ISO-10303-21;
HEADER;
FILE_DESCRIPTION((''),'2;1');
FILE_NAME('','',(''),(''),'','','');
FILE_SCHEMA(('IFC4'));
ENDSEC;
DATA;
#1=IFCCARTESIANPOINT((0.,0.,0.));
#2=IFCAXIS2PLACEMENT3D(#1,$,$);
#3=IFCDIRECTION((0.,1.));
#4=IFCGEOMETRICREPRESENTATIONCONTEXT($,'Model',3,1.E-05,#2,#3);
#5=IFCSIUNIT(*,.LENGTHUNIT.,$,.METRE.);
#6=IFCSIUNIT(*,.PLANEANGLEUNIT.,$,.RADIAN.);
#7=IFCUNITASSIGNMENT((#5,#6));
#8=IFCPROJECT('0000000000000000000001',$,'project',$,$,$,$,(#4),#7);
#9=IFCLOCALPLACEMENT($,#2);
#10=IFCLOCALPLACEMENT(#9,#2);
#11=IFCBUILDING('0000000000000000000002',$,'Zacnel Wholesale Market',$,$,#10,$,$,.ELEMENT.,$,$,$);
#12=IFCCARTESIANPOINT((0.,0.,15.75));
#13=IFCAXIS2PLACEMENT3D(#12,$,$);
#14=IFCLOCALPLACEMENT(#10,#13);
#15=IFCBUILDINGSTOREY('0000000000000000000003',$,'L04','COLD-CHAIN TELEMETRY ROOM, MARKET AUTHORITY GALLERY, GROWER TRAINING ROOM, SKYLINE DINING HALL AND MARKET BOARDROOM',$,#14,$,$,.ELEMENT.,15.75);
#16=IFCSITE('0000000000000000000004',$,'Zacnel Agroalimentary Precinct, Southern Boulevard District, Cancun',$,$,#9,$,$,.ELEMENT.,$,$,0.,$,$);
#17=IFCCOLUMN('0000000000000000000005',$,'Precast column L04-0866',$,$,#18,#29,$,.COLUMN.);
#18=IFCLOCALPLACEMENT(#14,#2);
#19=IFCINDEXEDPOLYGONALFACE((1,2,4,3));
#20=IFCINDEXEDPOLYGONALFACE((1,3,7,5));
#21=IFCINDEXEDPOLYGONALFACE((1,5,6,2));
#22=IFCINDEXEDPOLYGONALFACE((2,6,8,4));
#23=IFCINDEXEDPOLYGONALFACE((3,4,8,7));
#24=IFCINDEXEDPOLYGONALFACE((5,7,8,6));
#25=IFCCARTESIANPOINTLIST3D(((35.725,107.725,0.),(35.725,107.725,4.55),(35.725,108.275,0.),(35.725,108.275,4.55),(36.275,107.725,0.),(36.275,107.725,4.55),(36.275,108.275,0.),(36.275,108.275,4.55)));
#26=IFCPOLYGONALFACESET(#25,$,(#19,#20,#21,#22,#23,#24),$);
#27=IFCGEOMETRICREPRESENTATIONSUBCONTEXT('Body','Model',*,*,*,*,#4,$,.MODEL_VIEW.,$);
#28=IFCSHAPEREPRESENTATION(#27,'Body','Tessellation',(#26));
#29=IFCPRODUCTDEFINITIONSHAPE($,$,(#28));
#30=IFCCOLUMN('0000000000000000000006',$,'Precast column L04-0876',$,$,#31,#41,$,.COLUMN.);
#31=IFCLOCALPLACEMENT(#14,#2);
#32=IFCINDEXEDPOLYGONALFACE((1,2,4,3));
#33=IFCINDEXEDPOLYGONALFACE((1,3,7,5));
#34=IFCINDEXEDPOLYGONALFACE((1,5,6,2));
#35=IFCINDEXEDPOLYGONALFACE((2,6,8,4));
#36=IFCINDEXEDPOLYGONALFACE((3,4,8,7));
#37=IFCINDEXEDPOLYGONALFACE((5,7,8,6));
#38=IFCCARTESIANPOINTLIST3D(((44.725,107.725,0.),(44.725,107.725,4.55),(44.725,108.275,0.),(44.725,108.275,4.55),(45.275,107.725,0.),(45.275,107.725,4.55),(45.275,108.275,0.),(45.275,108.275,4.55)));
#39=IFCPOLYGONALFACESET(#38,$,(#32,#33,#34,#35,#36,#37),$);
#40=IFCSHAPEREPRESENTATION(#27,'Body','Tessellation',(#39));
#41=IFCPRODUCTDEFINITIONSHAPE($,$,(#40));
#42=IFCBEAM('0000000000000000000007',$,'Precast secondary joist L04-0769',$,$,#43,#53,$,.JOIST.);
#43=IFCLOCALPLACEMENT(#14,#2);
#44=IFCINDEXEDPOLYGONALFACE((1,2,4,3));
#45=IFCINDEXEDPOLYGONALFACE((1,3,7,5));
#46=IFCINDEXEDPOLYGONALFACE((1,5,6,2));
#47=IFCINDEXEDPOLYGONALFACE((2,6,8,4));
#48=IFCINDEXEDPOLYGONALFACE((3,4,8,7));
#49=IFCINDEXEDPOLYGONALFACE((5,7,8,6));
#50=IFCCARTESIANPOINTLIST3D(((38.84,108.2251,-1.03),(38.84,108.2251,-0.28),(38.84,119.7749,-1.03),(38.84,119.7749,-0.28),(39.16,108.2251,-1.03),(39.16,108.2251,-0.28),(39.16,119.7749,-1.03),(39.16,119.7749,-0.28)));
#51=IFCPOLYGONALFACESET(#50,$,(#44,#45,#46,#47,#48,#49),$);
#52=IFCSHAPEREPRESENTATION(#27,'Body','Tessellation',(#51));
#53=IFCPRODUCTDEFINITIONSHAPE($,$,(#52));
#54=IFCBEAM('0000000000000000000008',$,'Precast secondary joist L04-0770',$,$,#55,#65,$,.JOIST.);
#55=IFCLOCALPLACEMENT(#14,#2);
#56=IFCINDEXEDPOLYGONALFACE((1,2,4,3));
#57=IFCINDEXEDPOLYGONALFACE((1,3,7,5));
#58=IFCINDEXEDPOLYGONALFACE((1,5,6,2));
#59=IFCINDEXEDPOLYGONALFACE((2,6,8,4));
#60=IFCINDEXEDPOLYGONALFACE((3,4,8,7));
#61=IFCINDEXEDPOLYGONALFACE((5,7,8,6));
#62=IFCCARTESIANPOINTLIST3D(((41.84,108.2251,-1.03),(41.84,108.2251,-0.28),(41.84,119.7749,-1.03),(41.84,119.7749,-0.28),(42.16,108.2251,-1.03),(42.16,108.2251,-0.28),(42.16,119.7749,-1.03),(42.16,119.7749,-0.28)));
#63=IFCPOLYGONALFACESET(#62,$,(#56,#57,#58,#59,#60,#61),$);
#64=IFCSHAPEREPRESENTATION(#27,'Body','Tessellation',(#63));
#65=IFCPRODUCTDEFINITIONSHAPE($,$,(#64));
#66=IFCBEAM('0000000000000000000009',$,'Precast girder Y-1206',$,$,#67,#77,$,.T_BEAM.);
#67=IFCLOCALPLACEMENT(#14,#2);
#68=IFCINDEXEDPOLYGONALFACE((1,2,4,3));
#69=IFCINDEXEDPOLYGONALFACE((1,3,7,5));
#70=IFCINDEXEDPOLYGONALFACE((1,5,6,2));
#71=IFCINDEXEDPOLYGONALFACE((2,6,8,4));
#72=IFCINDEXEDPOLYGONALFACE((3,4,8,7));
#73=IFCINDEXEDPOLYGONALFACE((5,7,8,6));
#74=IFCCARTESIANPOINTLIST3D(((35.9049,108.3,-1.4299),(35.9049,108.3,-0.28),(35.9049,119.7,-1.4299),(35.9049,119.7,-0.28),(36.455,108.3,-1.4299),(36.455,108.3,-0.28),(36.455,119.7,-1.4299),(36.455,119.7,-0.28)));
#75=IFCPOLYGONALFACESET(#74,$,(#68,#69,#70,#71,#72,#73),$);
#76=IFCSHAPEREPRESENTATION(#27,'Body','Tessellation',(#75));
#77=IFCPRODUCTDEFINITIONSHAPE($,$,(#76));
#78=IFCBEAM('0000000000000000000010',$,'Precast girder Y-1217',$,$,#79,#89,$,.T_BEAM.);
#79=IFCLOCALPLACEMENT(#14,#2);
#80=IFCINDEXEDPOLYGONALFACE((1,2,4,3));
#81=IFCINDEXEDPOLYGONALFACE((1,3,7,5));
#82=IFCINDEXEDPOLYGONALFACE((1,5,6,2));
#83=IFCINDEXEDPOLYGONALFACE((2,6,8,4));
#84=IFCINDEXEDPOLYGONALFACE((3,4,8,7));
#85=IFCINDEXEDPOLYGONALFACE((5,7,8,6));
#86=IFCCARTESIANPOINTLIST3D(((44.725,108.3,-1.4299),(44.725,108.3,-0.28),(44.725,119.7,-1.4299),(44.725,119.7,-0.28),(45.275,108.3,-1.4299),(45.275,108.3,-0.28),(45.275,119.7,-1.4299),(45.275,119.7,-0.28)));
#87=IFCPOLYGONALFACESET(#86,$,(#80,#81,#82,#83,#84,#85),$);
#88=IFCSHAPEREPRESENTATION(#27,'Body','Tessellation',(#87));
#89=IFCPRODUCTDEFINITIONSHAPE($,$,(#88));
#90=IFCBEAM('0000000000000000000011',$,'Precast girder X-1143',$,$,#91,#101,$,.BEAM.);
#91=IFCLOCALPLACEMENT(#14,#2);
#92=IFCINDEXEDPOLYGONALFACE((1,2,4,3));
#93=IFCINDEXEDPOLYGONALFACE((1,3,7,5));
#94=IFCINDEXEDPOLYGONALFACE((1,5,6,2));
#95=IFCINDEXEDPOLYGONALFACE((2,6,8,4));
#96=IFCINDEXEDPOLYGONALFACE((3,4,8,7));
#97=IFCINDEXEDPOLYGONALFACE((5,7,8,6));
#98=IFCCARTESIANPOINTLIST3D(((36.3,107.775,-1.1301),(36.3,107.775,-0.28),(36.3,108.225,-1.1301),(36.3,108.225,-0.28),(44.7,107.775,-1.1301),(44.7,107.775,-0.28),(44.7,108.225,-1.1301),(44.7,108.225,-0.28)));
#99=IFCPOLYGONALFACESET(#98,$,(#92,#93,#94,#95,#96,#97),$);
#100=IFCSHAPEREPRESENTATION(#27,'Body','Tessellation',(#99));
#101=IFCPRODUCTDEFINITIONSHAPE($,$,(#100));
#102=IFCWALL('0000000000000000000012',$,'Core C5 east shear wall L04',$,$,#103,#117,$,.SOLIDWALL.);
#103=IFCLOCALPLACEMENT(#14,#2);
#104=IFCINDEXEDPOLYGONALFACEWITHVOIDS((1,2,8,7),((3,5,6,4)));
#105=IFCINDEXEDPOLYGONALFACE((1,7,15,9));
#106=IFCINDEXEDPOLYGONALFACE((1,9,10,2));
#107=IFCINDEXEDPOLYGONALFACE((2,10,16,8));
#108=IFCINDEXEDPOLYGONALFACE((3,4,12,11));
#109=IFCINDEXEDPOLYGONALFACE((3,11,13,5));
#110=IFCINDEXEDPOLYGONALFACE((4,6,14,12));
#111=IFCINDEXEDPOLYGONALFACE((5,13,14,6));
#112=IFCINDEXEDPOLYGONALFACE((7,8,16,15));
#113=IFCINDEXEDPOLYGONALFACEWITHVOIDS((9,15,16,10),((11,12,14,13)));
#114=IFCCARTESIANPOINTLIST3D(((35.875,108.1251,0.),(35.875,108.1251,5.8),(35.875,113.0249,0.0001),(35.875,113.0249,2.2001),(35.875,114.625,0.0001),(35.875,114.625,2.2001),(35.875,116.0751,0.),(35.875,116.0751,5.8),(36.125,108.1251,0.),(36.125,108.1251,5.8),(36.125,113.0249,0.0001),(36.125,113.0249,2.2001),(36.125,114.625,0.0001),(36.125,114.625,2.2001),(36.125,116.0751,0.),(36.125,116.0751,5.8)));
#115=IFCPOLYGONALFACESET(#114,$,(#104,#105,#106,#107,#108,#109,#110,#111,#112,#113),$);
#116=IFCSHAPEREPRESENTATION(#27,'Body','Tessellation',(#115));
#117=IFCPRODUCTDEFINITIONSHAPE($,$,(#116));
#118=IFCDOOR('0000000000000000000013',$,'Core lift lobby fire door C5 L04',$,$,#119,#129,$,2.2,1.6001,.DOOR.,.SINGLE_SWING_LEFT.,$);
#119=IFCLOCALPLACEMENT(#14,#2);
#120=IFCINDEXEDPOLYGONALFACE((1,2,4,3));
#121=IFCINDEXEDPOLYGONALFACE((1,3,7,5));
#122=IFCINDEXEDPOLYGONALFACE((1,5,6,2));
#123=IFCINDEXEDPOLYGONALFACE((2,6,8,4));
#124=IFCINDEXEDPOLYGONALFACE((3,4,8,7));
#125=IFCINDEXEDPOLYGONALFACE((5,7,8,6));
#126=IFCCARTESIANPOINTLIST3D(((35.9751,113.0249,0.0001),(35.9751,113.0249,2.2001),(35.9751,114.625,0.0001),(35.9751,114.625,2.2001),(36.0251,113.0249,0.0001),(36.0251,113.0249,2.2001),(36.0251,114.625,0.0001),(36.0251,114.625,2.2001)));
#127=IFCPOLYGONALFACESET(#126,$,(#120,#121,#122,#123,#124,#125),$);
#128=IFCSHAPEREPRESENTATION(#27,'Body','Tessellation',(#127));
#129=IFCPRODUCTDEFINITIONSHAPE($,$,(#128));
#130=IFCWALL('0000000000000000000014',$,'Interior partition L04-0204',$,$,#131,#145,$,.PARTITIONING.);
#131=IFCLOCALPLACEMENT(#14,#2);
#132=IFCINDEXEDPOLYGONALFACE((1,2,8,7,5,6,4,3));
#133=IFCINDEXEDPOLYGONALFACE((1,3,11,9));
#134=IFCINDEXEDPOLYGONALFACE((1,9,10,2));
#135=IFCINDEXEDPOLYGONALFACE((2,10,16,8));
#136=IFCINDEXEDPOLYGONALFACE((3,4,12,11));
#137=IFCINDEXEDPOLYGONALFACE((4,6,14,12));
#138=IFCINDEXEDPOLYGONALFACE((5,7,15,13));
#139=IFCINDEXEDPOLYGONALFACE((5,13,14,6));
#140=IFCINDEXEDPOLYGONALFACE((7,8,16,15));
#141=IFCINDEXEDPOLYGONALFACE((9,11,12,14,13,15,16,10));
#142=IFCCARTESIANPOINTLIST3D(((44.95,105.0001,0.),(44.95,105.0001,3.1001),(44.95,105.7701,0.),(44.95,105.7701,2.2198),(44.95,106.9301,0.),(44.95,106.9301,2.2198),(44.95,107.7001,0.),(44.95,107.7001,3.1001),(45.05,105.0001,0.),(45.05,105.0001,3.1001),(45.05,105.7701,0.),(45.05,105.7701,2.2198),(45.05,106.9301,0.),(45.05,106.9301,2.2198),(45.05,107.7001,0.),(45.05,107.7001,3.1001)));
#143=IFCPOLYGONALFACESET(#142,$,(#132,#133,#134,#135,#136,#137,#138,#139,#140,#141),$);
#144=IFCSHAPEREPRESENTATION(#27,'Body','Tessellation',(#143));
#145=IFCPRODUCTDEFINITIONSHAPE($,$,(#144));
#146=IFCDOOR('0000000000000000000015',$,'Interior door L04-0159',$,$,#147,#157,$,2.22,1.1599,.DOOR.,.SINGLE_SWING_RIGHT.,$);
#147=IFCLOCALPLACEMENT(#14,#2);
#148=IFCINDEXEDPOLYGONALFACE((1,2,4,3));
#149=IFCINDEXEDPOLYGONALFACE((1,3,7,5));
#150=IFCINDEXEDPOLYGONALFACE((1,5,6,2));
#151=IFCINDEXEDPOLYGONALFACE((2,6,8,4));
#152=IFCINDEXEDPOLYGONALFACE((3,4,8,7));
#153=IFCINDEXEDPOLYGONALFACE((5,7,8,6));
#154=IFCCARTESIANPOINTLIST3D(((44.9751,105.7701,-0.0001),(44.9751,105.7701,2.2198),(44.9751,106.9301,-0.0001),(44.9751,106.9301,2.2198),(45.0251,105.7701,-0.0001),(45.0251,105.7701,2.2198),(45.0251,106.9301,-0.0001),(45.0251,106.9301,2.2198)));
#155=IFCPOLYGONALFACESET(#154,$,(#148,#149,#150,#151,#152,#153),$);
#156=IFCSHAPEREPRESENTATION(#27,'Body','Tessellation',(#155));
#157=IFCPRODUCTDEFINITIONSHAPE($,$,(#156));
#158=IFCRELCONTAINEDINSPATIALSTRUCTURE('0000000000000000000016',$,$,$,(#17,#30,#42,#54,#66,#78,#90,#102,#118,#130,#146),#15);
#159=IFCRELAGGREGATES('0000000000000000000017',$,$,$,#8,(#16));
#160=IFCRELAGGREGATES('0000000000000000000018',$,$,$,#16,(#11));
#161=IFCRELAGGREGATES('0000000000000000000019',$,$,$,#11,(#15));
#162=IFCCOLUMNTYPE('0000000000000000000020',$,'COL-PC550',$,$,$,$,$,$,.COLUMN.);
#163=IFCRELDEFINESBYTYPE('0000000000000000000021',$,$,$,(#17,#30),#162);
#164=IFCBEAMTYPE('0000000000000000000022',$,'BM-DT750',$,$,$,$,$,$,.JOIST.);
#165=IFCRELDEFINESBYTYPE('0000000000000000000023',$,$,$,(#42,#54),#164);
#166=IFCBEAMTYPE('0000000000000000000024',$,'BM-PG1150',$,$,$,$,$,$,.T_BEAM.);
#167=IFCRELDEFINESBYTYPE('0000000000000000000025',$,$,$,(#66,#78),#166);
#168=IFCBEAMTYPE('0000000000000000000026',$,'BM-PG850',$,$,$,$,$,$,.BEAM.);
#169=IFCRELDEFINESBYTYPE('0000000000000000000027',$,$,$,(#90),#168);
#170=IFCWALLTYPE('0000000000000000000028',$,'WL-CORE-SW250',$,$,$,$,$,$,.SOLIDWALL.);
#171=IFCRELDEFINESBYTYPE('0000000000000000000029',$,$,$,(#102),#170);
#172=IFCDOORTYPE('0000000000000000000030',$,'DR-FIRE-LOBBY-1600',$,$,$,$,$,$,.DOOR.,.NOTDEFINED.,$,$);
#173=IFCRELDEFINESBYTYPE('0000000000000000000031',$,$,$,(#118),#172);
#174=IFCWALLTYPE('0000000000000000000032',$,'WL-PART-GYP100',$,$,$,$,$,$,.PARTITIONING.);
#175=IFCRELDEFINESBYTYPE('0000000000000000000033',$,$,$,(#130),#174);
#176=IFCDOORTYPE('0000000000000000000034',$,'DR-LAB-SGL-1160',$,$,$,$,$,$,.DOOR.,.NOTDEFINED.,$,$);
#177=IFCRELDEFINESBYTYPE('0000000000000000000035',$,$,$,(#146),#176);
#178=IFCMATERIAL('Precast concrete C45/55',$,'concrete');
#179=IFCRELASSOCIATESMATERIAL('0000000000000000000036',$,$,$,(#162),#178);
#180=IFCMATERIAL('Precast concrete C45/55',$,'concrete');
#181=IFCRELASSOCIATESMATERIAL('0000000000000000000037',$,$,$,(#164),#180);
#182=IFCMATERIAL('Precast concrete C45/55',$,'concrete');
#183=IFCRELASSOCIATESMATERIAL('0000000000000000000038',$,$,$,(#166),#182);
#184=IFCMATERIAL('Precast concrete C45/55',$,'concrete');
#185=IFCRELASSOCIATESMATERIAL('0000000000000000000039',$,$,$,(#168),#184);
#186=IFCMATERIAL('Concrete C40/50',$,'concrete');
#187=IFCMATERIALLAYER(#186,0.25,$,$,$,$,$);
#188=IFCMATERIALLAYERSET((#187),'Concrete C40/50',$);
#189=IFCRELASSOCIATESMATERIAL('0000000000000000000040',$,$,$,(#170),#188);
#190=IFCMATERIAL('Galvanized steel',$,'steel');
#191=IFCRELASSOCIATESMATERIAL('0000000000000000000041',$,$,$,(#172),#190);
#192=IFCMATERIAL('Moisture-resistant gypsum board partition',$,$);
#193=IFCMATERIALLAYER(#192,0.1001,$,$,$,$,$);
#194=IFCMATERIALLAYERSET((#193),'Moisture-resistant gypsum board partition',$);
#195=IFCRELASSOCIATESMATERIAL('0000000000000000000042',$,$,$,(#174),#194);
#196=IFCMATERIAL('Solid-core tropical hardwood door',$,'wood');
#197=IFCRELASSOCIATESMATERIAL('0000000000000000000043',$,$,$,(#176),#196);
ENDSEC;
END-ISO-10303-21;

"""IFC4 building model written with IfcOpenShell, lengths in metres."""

from ifc_helpers import new_model, si_unit, direction, frame, frame_2d, origin, origin_2d, place, context, subcontext, project, spatial, rectangle, extrude, material, layer, layer_set, material_profile, profile_set, type_object, element, fill, save


model = new_model("IFC4")

# Units and contexts
model_context = context("Model", 3, precision=1e-05, world=origin(), true_north=direction((0.0, 1.0)))
body_context = subcontext(model_context, "Body", "Model", "MODEL_VIEW")
ifc_project = project(units=[si_unit("LENGTHUNIT", "METRE"), si_unit("PLANEANGLEUNIT", "RADIAN")], contexts=[model_context])

# Site, building, storey
site_placement = place(None, origin())
site = spatial("IfcSite", under=ifc_project, at=site_placement, Name="Zacnel Agroalimentary Precinct, Southern Boulevard District, Cancun", CompositionType="ELEMENT", RefElevation=0.0)
building_placement = place(site_placement, origin())
building = spatial("IfcBuilding", under=site, at=building_placement, Name="Zacnel Wholesale Market", CompositionType="ELEMENT")
storey_placement = place(building_placement, frame((0.0, 0.0, 15.75)))
storey = spatial("IfcBuildingStorey", under=building, at=storey_placement, Name="L04", Description="COLD-CHAIN TELEMETRY ROOM, MARKET AUTHORITY GALLERY, GROWER TRAINING ROOM, SKYLINE DINING HALL AND MARKET BOARDROOM", CompositionType="ELEMENT", Elevation=15.75)

# Columns
ifc_material_1 = material(Name="Precast concrete C45/55", Category="concrete")
ifc_material_profile_1 = material_profile(ifc_material_1, rectangle(XDim=0.55, YDim=0.55, at=origin_2d()), Name="PC 550x550")
ifc_profile_set_1 = profile_set([ifc_material_profile_1], Name="Precast concrete C45/55")
column_type = type_object("IfcColumnType", Name="COL-PC550", PredefinedType="COLUMN", material=ifc_profile_set_1)
for number, where, z_axis, x_axis, name in (
    (1, (36.0, 108.0, 0.0), (0.0, 0.0, 1.0), (1.0, 0.0, 0.0), "Precast column L04-0866"),
    (2, (45.0, 108.0, 0.0), (0.0, 0.0, 1.0), (1.0, 0.0, 0.0), "Precast column L04-0876"),
):
    element("IfcColumn", number, at=place(storey_placement, frame(where, z_axis=z_axis, x_axis=x_axis)), inside=storey, type_object=column_type, Name=name, PredefinedType="COLUMN", context=body_context, shape_type="SweptSolid", body=[
        extrude(rectangle(XDim=0.55, YDim=0.55, at=origin_2d()), origin(), (0.0, 0.0, 1.0), 4.55),
    ])

# Beams
ifc_material_2 = material(Name="Precast concrete C45/55", Category="concrete")
ifc_material_profile_2 = material_profile(ifc_material_2, rectangle(XDim=0.3201, YDim=0.75, at=origin_2d()), Name="DT RIB 320x750")
ifc_profile_set_2 = profile_set([ifc_material_profile_2], Name="Precast concrete C45/55")
beam_type_1 = type_object("IfcBeamType", Name="BM-DT750", PredefinedType="JOIST", material=ifc_profile_set_2)
for number, where, z_axis, x_axis, name in (
    (3, (39.0, 108.2251, -0.655), (0.0, 1.0, 0.0), (-1.0, 0.0, 0.0), "Precast secondary joist L04-0769"),
    (4, (42.0, 108.2251, -0.655), (0.0, 1.0, 0.0), (-1.0, 0.0, 0.0), "Precast secondary joist L04-0770"),
):
    element("IfcBeam", number, at=place(storey_placement, frame(where, z_axis=z_axis, x_axis=x_axis)), inside=storey, type_object=beam_type_1, Name=name, PredefinedType="JOIST", context=body_context, shape_type="SweptSolid", body=[
        extrude(rectangle(XDim=0.3201, YDim=0.75, at=origin_2d()), origin(), (0.0, 0.0, 1.0), 11.5498),
    ])
ifc_material_3 = material(Name="Precast concrete C45/55", Category="concrete")
ifc_material_profile_3 = material_profile(ifc_material_3, rectangle(XDim=0.55, YDim=1.1499, at=origin_2d()), Name="PG 550x1150")
ifc_profile_set_3 = profile_set([ifc_material_profile_3], Name="Precast concrete C45/55")
beam_type_2 = type_object("IfcBeamType", Name="BM-PG1150", PredefinedType="T_BEAM", material=ifc_profile_set_3)
for number, where, z_axis, x_axis, name in (
    (5, (36.1799, 108.3, -0.855), (0.0, 1.0, 0.0), (-1.0, 0.0, 0.0), "Precast girder Y-1206"),
    (6, (45.0, 108.3, -0.855), (0.0, 1.0, 0.0), (-1.0, 0.0, 0.0), "Precast girder Y-1217"),
):
    element("IfcBeam", number, at=place(storey_placement, frame(where, z_axis=z_axis, x_axis=x_axis)), inside=storey, type_object=beam_type_2, Name=name, PredefinedType="T_BEAM", context=body_context, shape_type="SweptSolid", body=[
        extrude(rectangle(XDim=0.55, YDim=1.1499, at=origin_2d()), origin(), (0.0, 0.0, 1.0), 11.3999),
    ])
ifc_material_4 = material(Name="Precast concrete C45/55", Category="concrete")
ifc_material_profile_4 = material_profile(ifc_material_4, rectangle(XDim=0.45, YDim=0.8501, at=origin_2d()), Name="PG 450x850")
ifc_profile_set_4 = profile_set([ifc_material_profile_4], Name="Precast concrete C45/55")
beam_type_3 = type_object("IfcBeamType", Name="BM-PG850", PredefinedType="BEAM", material=ifc_profile_set_4)
beam_placement = place(storey_placement, frame((36.3, 108.0, -0.7051), z_axis=(1.0, 0.0, 0.0), x_axis=(0.0, 1.0, 0.0)))
element("IfcBeam", 7, at=beam_placement, inside=storey, type_object=beam_type_3, Name="Precast girder X-1143", PredefinedType="BEAM", context=body_context, shape_type="SweptSolid", body=[
    extrude(rectangle(XDim=0.45, YDim=0.8501, at=origin_2d()), origin(), (0.0, 0.0, 1.0), 8.3999),
])

# Walls, openings, doors
ifc_material_5 = material(Name="Concrete C40/50", Category="concrete")
ifc_layer_1 = layer(ifc_material_5, 0.25)
ifc_layer_set_1 = layer_set([ifc_layer_1], Name="Concrete C40/50")
wall_type_1 = type_object("IfcWallType", Name="WL-CORE-SW250", PredefinedType="SOLIDWALL", material=ifc_layer_set_1)
wall_1_placement = place(storey_placement, frame((36.0, 108.125, 0.0), z_axis=(0.0, 0.0, 1.0), x_axis=(0.0, 1.0, 0.0)))
wall_1 = element("IfcWall", 8, at=wall_1_placement, inside=storey, type_object=wall_type_1, Name="Core C5 east shear wall L04", PredefinedType="SOLIDWALL", context=body_context, shape_type="SweptSolid", body=[
    extrude(rectangle(XDim=7.95, YDim=0.25, at=frame_2d((3.9751, 0.0))), origin(), (0.0, 0.0, 1.0), 5.8),
])
opening_1_placement = place(wall_1_placement, frame((4.8999, 0.0, 0.0)))
opening_1 = element("IfcOpeningElement", 9, at=opening_1_placement, cuts=wall_1, PredefinedType="OPENING", context=body_context, shape_type="SweptSolid", body=[
    extrude(rectangle(XDim=1.6001, YDim=2.2, at=frame_2d((0.8, 1.1001))), frame((0.0, 0.135, 0.0), z_axis=(0.0, -1.0, 0.0), x_axis=(1.0, 0.0, 0.0)), (0.0, 0.0, 1.0), 0.27),
])
ifc_material_6 = material(Name="Galvanized steel", Category="steel")
door_type_1 = type_object("IfcDoorType", Name="DR-FIRE-LOBBY-1600", OperationType="NOTDEFINED", PredefinedType="DOOR", material=ifc_material_6)
door_1_placement = place(opening_1_placement, origin())
door_1 = element("IfcDoor", 10, at=door_1_placement, inside=storey, type_object=door_type_1, Name="Core lift lobby fire door C5 L04", OperationType="SINGLE_SWING_LEFT", OverallHeight=2.2, OverallWidth=1.6001, PredefinedType="DOOR", context=body_context, shape_type="SweptSolid", body=[
    extrude(rectangle(XDim=1.6001, YDim=2.2, at=frame_2d((0.8, 1.1001))), frame((0.0, 0.0249, 0.0), z_axis=(0.0, -1.0, 0.0), x_axis=(1.0, 0.0, 0.0)), (0.0, 0.0, 1.0), 0.05),
])
fill(opening_1, door_1)
ifc_material_7 = material(Name="Moisture-resistant gypsum board partition")
ifc_layer_2 = layer(ifc_material_7, 0.1001)
ifc_layer_set_2 = layer_set([ifc_layer_2], Name="Moisture-resistant gypsum board partition")
wall_type_2 = type_object("IfcWallType", Name="WL-PART-GYP100", PredefinedType="PARTITIONING", material=ifc_layer_set_2)
wall_2_placement = place(storey_placement, frame((45.0, 105.0, 0.0), z_axis=(0.0, 0.0, 1.0), x_axis=(0.0, 1.0, 0.0)))
wall_2 = element("IfcWall", 11, at=wall_2_placement, inside=storey, type_object=wall_type_2, Name="Interior partition L04-0204", PredefinedType="PARTITIONING", context=body_context, shape_type="SweptSolid", body=[
    extrude(rectangle(XDim=2.7, YDim=0.1001, at=frame_2d((1.3501, 0.0))), origin(), (0.0, 0.0, 1.0), 3.1001),
])
opening_2_placement = place(wall_2_placement, frame((0.77, 0.0, 0.0)))
opening_2 = element("IfcOpeningElement", 12, at=opening_2_placement, cuts=wall_2, PredefinedType="OPENING", context=body_context, shape_type="SweptSolid", body=[
    extrude(rectangle(XDim=1.1599, YDim=2.22, at=frame_2d((0.5801, 1.1099))), frame((0.0, 0.0601, 0.0), z_axis=(0.0, -1.0, 0.0), x_axis=(1.0, 0.0, 0.0)), (0.0, 0.0, 1.0), 0.1201),
])
ifc_material_8 = material(Name="Solid-core tropical hardwood door", Category="wood")
door_type_2 = type_object("IfcDoorType", Name="DR-LAB-SGL-1160", OperationType="NOTDEFINED", PredefinedType="DOOR", material=ifc_material_8)
door_2_placement = place(opening_2_placement, origin())
door_2 = element("IfcDoor", 13, at=door_2_placement, inside=storey, type_object=door_type_2, Name="Interior door L04-0159", OperationType="SINGLE_SWING_RIGHT", OverallHeight=2.22, OverallWidth=1.1599, PredefinedType="DOOR", context=body_context, shape_type="SweptSolid", body=[
    extrude(rectangle(XDim=1.1599, YDim=2.22, at=frame_2d((0.5801, 1.1099))), frame((0.0, 0.0249, 0.0), z_axis=(0.0, -1.0, 0.0), x_axis=(1.0, 0.0, 0.0)), (0.0, 0.0, 1.0), 0.05),
])
fill(opening_2, door_2)

save(model, "model.ifc")
